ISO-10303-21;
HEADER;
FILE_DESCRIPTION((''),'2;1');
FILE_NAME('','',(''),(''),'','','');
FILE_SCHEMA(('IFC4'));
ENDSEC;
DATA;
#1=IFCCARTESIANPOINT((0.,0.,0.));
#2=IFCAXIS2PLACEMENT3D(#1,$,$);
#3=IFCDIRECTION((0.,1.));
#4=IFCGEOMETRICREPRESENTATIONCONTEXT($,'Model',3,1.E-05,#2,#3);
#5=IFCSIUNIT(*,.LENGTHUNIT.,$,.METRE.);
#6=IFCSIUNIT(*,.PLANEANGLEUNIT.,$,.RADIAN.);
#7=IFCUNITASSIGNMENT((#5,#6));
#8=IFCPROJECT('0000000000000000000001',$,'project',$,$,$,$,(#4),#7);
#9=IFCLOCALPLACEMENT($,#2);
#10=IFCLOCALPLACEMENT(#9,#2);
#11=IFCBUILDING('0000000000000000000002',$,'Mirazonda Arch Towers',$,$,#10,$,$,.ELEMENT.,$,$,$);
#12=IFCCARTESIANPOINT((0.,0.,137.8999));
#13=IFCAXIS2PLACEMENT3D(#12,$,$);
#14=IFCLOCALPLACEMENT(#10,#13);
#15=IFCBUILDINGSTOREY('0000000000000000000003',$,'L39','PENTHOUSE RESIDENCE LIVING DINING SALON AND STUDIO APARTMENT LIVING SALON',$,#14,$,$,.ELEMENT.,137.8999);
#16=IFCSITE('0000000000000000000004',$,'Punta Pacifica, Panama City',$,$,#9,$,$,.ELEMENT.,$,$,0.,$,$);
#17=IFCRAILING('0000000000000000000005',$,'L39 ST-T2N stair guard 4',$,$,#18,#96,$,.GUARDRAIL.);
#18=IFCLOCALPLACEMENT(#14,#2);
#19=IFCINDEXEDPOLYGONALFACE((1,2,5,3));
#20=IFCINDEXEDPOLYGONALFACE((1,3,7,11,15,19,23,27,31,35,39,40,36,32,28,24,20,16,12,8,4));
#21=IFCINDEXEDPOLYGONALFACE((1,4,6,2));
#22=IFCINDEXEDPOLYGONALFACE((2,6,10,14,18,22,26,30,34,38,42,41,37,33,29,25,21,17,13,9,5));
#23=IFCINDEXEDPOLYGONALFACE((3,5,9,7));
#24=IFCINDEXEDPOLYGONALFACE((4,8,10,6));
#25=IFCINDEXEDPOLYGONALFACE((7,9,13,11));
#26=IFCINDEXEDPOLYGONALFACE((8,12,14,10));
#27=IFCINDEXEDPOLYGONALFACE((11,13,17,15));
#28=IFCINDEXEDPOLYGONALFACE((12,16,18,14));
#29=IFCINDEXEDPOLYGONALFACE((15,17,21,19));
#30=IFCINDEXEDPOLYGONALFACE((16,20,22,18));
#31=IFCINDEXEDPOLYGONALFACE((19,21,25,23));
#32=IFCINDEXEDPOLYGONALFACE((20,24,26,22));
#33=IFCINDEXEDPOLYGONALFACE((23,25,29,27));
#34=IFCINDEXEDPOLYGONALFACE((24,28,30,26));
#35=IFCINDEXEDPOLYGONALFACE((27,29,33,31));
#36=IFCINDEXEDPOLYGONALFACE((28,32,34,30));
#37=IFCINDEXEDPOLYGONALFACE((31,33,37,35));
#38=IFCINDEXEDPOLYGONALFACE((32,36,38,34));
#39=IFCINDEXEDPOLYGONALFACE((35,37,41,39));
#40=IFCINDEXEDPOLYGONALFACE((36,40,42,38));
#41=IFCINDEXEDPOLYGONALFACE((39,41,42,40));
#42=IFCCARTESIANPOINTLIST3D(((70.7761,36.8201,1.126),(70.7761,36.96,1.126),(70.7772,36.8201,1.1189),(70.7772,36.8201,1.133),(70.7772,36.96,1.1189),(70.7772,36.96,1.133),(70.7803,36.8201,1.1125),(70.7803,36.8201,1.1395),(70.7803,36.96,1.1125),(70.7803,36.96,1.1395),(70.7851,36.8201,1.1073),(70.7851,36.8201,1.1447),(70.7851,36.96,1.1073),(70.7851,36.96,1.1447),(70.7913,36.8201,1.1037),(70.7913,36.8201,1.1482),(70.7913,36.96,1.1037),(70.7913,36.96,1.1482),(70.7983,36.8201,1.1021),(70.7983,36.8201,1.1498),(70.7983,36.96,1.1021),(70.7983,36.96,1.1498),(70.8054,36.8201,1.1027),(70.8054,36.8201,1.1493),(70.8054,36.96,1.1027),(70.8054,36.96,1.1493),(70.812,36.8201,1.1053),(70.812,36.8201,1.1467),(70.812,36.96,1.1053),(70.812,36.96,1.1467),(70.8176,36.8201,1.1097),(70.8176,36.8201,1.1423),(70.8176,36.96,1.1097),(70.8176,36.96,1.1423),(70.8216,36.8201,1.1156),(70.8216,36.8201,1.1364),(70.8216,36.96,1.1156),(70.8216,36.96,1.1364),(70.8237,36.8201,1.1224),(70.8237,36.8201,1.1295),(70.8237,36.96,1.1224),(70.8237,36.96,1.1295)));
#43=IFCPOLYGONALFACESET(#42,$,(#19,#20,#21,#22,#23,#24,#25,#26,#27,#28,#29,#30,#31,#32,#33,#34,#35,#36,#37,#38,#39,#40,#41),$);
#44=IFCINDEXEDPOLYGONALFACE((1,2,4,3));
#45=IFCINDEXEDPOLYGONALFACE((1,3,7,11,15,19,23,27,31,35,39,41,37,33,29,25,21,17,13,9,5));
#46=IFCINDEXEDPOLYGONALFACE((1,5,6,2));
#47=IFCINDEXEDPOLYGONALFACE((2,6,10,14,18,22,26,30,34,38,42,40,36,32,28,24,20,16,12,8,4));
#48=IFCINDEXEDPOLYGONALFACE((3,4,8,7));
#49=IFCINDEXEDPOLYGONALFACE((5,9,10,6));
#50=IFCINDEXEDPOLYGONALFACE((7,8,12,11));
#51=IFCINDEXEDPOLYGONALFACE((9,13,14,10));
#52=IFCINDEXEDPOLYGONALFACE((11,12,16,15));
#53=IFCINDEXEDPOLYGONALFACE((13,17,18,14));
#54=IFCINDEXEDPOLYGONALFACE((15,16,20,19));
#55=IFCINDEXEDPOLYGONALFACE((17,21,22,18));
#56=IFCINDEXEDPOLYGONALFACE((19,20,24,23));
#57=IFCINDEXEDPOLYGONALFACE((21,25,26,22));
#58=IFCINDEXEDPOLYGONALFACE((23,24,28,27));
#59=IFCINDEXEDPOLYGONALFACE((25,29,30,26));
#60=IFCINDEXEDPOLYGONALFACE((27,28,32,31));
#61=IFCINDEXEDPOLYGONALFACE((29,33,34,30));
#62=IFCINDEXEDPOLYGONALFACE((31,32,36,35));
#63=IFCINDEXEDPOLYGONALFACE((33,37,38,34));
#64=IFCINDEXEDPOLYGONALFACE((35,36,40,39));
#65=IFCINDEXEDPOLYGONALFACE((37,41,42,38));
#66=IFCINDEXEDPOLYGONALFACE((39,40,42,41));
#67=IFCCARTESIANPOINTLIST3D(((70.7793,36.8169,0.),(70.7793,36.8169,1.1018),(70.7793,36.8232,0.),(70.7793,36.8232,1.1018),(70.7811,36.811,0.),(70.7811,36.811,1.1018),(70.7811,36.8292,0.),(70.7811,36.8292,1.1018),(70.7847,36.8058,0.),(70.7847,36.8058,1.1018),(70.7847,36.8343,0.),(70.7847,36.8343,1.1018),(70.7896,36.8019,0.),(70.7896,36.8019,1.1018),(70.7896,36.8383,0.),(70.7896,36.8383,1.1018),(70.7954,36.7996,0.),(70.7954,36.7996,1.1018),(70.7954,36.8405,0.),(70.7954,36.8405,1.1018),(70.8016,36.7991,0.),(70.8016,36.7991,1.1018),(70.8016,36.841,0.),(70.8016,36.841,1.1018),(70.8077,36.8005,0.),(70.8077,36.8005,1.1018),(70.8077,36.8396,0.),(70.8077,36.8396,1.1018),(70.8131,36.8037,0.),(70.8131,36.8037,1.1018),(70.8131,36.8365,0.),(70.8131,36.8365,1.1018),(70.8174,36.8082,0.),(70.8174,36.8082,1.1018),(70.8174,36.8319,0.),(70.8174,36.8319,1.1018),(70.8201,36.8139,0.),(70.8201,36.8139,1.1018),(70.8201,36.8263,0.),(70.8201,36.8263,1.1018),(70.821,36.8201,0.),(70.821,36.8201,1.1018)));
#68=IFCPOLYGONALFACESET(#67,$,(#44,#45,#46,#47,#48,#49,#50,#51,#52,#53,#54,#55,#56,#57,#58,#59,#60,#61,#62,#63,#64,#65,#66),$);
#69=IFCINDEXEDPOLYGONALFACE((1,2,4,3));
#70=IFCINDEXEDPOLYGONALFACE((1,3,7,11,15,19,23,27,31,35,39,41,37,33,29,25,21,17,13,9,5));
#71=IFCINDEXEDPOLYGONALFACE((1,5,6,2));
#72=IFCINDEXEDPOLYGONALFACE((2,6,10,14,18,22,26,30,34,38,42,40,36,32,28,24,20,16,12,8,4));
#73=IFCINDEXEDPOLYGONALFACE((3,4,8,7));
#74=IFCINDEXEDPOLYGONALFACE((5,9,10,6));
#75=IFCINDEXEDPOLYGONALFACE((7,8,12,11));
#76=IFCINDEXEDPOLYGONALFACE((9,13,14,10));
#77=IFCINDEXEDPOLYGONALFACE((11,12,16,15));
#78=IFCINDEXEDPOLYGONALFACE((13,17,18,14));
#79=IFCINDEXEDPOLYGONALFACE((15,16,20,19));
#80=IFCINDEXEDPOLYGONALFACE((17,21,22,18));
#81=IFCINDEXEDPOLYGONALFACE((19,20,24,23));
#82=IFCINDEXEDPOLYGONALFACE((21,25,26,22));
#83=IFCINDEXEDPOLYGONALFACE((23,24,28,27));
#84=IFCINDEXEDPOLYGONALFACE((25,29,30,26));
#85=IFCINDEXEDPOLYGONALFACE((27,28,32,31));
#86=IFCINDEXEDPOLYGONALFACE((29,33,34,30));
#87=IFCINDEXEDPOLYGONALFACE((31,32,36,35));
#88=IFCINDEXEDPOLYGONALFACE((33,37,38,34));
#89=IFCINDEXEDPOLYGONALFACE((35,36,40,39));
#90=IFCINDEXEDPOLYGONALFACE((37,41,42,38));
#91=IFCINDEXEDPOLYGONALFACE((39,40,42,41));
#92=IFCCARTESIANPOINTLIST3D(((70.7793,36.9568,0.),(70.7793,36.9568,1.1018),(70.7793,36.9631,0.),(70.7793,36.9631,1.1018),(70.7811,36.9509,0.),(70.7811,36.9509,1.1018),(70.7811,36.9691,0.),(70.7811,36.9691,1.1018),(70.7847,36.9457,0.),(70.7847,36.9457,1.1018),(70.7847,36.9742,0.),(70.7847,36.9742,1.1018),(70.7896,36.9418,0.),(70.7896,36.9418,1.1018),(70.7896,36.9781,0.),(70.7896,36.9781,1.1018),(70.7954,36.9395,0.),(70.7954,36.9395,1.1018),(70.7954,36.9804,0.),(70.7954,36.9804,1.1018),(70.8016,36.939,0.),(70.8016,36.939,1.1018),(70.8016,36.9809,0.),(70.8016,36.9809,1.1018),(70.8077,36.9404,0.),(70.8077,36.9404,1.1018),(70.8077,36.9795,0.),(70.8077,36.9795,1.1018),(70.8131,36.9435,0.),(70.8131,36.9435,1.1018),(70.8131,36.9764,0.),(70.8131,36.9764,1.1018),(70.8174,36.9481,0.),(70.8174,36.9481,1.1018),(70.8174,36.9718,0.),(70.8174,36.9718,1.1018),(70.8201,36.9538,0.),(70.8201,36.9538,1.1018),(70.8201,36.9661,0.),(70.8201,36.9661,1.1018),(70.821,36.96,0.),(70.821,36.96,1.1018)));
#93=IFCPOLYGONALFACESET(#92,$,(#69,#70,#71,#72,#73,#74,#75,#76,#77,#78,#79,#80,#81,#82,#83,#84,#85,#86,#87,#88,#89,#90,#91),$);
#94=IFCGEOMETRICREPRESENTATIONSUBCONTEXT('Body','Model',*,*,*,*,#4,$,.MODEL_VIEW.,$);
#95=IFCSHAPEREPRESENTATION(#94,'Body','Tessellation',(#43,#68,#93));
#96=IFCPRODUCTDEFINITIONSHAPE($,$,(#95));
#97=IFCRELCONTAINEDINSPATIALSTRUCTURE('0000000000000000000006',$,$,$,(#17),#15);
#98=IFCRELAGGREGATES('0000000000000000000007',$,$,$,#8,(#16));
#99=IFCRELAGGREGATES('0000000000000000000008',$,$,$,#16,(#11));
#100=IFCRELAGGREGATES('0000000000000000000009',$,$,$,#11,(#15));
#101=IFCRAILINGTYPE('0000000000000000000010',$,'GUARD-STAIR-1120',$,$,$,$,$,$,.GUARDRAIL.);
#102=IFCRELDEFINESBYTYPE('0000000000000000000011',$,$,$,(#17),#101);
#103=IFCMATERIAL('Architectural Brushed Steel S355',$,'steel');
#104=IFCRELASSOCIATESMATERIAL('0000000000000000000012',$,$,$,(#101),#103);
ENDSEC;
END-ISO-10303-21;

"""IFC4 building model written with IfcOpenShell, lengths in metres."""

from ifc_helpers import new_model, si_unit, direction, frame, origin, origin_2d, place, context, subcontext, project, spatial, circle, extrude, material, type_object, element, save


model = new_model("IFC4")

# Units and contexts
model_context = context("Model", 3, precision=1e-05, world=origin(), true_north=direction((0.0, 1.0)))
body_context = subcontext(model_context, "Body", "Model", "MODEL_VIEW")
ifc_project = project(units=[si_unit("LENGTHUNIT", "METRE"), si_unit("PLANEANGLEUNIT", "RADIAN")], contexts=[model_context])

# Site, building, storey
site_placement = place(None, origin())
site = spatial("IfcSite", under=ifc_project, at=site_placement, Name="Punta Pacifica, Panama City", CompositionType="ELEMENT", RefElevation=0.0)
building_placement = place(site_placement, origin())
building = spatial("IfcBuilding", under=site, at=building_placement, Name="Mirazonda Arch Towers", CompositionType="ELEMENT")
storey_placement = place(building_placement, frame((0.0, 0.0, 137.8999)))
storey = spatial("IfcBuildingStorey", under=building, at=storey_placement, Name="L39", Description="PENTHOUSE RESIDENCE LIVING DINING SALON AND STUDIO APARTMENT LIVING SALON", CompositionType="ELEMENT", Elevation=137.8999)

# Shared definitions
ifc_material_1 = material(Name="Architectural Brushed Steel S355", Category="steel")

# Railing
railing_type_1 = type_object("IfcRailingType", Name="GUARD-STAIR-1120", PredefinedType="GUARDRAIL", material=ifc_material_1)
railing_1_placement = place(storey_placement, frame((70.8, 36.8201, 0.0)))
element("IfcRailing", 1, at=railing_1_placement, inside=storey, type_object=railing_type_1, Name="L39 ST-T2N stair guard 4", PredefinedType="GUARDRAIL", context=body_context, shape_type="SweptSolid", body=[
    extrude(circle(Radius=0.0239, at=origin_2d()), frame((0.0, 0.0, 1.126), z_axis=(0.0, 1.0, 0.0), x_axis=(-1.0, 0.0, 0.0)), (0.0, 0.0, 1.0), 0.1399),
    extrude(circle(Radius=0.021, at=origin_2d()), origin(), (0.0, 0.0, 1.0), 1.1018),
    extrude(circle(Radius=0.021, at=origin_2d()), frame((0.0, 0.1399, 0.0)), (0.0, 0.0, 1.0), 1.1018),
])

save(model, "model.ifc")
